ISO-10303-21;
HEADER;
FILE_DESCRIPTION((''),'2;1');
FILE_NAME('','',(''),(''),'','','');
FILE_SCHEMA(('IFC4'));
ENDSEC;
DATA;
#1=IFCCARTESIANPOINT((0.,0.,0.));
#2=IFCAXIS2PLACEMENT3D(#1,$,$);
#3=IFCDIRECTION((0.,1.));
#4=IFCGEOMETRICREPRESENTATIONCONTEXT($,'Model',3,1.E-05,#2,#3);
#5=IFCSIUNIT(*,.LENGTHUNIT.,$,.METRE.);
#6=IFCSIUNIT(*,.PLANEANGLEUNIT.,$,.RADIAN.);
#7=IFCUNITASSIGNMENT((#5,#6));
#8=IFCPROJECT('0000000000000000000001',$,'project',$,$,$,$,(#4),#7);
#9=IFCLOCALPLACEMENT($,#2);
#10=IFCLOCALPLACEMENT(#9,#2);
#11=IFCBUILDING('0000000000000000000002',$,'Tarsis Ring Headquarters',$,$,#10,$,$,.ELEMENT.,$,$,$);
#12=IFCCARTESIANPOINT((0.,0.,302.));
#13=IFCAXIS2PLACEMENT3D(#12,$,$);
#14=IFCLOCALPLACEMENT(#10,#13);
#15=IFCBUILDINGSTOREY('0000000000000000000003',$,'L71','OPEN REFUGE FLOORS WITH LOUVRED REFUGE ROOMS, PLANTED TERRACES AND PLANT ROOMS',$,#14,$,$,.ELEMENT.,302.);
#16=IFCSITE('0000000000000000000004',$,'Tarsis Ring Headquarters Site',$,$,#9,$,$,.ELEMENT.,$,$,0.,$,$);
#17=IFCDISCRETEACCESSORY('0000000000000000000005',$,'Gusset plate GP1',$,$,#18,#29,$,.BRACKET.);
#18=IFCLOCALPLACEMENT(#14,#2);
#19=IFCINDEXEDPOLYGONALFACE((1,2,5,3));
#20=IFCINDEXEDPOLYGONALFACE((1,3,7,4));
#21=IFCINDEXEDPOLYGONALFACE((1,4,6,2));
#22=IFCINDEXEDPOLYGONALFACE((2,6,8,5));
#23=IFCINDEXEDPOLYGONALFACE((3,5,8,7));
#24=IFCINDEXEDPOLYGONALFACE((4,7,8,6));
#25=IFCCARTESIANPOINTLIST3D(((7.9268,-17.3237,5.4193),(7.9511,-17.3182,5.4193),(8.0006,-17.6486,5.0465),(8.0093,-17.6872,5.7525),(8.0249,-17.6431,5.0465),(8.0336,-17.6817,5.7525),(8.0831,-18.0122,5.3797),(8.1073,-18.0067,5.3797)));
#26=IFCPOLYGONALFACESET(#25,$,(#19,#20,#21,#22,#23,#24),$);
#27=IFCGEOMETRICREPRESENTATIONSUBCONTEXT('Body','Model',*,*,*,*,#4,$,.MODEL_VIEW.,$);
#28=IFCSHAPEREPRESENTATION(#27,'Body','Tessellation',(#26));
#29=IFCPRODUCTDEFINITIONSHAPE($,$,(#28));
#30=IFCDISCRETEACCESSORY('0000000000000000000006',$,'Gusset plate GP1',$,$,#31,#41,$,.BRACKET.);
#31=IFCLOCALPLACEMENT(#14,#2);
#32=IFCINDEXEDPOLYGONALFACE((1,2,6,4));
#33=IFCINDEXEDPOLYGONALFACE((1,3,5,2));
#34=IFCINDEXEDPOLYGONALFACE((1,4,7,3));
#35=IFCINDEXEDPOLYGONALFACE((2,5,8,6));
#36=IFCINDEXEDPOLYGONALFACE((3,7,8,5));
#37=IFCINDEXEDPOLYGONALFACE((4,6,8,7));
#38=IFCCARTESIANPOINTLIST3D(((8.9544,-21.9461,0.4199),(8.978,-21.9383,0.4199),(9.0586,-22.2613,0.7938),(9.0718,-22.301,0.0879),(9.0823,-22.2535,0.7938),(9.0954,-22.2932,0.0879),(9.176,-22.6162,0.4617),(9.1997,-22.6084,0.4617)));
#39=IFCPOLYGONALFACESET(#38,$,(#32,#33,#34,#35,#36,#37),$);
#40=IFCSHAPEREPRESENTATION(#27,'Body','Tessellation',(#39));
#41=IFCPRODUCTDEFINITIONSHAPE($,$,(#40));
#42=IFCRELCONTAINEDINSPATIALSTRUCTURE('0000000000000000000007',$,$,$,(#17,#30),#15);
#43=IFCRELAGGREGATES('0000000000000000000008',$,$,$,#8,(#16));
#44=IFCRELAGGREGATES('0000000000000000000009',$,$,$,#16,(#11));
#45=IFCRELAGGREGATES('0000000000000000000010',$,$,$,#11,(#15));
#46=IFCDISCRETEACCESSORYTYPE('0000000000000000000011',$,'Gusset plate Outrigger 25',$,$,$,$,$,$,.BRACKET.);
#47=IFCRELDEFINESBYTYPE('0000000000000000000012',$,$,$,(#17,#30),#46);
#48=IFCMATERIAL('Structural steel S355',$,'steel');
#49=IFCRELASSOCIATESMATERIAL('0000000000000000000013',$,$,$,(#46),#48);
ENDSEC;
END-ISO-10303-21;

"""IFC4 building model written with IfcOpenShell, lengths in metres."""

from ifc_helpers import new_model, si_unit, direction, frame, origin, origin_2d, place, context, subcontext, project, spatial, rectangle, extrude, material, material_profile, profile_set, type_object, element, save


model = new_model("IFC4")

# Units and contexts
model_context = context("Model", 3, precision=1e-05, world=origin(), true_north=direction((0.0, 1.0)))
body_context = subcontext(model_context, "Body", "Model", "MODEL_VIEW")
ifc_project = project(units=[si_unit("LENGTHUNIT", "METRE"), si_unit("PLANEANGLEUNIT", "RADIAN")], contexts=[model_context])

# Site, building, storey
site_placement = place(None, origin())
site = spatial("IfcSite", under=ifc_project, at=site_placement, Name="Tarsis Ring Headquarters Site", CompositionType="ELEMENT", RefElevation=0.0)
building_placement = place(site_placement, origin())
building = spatial("IfcBuilding", under=site, at=building_placement, Name="Tarsis Ring Headquarters", CompositionType="ELEMENT")
storey_placement = place(building_placement, frame((0.0, 0.0, 302.0)))
storey = spatial("IfcBuildingStorey", under=building, at=storey_placement, Name="L71", Description="OPEN REFUGE FLOORS WITH LOUVRED REFUGE ROOMS, PLANTED TERRACES AND PLANT ROOMS", CompositionType="ELEMENT", Elevation=302.0)

# Shared definitions
ifc_material_1 = material(Name="Structural steel S355", Category="steel")

# Discrete accessories
ifc_material_profile_1 = material_profile(ifc_material_1, rectangle(XDim=0.0249, YDim=0.5, at=origin_2d()), Name="PL 25x500")
ifc_profile_set_1 = profile_set([ifc_material_profile_1], Name="Structural steel S355")
discrete_accessory_type = type_object("IfcDiscreteAccessoryType", Name="Gusset plate Outrigger 25", PredefinedType="BRACKET", material=ifc_profile_set_1)
for number, where, z_axis, x_axis, name in (
    (1, (7.9802, -17.5027, 5.5859), (0.147458, -0.649888, -0.745589), (0.975212, 0.221273, 0.0), "Gusset plate GP1"),
    (2, (9.0249, -22.1196, 0.2539), (0.208529, -0.630471, 0.747677), (0.949416, 0.314021, 0.0), "Gusset plate GP1"),
):
    element("IfcDiscreteAccessory", number, at=place(storey_placement, frame(where, z_axis=z_axis, x_axis=x_axis)), inside=storey, type_object=discrete_accessory_type, Name=name, PredefinedType="BRACKET", context=body_context, shape_type="SweptSolid", body=[
        extrude(rectangle(XDim=0.0249, YDim=0.5, at=origin_2d()), origin(), (0.0, 0.0, 1.0), 0.5),
    ])

save(model, "model.ifc")
